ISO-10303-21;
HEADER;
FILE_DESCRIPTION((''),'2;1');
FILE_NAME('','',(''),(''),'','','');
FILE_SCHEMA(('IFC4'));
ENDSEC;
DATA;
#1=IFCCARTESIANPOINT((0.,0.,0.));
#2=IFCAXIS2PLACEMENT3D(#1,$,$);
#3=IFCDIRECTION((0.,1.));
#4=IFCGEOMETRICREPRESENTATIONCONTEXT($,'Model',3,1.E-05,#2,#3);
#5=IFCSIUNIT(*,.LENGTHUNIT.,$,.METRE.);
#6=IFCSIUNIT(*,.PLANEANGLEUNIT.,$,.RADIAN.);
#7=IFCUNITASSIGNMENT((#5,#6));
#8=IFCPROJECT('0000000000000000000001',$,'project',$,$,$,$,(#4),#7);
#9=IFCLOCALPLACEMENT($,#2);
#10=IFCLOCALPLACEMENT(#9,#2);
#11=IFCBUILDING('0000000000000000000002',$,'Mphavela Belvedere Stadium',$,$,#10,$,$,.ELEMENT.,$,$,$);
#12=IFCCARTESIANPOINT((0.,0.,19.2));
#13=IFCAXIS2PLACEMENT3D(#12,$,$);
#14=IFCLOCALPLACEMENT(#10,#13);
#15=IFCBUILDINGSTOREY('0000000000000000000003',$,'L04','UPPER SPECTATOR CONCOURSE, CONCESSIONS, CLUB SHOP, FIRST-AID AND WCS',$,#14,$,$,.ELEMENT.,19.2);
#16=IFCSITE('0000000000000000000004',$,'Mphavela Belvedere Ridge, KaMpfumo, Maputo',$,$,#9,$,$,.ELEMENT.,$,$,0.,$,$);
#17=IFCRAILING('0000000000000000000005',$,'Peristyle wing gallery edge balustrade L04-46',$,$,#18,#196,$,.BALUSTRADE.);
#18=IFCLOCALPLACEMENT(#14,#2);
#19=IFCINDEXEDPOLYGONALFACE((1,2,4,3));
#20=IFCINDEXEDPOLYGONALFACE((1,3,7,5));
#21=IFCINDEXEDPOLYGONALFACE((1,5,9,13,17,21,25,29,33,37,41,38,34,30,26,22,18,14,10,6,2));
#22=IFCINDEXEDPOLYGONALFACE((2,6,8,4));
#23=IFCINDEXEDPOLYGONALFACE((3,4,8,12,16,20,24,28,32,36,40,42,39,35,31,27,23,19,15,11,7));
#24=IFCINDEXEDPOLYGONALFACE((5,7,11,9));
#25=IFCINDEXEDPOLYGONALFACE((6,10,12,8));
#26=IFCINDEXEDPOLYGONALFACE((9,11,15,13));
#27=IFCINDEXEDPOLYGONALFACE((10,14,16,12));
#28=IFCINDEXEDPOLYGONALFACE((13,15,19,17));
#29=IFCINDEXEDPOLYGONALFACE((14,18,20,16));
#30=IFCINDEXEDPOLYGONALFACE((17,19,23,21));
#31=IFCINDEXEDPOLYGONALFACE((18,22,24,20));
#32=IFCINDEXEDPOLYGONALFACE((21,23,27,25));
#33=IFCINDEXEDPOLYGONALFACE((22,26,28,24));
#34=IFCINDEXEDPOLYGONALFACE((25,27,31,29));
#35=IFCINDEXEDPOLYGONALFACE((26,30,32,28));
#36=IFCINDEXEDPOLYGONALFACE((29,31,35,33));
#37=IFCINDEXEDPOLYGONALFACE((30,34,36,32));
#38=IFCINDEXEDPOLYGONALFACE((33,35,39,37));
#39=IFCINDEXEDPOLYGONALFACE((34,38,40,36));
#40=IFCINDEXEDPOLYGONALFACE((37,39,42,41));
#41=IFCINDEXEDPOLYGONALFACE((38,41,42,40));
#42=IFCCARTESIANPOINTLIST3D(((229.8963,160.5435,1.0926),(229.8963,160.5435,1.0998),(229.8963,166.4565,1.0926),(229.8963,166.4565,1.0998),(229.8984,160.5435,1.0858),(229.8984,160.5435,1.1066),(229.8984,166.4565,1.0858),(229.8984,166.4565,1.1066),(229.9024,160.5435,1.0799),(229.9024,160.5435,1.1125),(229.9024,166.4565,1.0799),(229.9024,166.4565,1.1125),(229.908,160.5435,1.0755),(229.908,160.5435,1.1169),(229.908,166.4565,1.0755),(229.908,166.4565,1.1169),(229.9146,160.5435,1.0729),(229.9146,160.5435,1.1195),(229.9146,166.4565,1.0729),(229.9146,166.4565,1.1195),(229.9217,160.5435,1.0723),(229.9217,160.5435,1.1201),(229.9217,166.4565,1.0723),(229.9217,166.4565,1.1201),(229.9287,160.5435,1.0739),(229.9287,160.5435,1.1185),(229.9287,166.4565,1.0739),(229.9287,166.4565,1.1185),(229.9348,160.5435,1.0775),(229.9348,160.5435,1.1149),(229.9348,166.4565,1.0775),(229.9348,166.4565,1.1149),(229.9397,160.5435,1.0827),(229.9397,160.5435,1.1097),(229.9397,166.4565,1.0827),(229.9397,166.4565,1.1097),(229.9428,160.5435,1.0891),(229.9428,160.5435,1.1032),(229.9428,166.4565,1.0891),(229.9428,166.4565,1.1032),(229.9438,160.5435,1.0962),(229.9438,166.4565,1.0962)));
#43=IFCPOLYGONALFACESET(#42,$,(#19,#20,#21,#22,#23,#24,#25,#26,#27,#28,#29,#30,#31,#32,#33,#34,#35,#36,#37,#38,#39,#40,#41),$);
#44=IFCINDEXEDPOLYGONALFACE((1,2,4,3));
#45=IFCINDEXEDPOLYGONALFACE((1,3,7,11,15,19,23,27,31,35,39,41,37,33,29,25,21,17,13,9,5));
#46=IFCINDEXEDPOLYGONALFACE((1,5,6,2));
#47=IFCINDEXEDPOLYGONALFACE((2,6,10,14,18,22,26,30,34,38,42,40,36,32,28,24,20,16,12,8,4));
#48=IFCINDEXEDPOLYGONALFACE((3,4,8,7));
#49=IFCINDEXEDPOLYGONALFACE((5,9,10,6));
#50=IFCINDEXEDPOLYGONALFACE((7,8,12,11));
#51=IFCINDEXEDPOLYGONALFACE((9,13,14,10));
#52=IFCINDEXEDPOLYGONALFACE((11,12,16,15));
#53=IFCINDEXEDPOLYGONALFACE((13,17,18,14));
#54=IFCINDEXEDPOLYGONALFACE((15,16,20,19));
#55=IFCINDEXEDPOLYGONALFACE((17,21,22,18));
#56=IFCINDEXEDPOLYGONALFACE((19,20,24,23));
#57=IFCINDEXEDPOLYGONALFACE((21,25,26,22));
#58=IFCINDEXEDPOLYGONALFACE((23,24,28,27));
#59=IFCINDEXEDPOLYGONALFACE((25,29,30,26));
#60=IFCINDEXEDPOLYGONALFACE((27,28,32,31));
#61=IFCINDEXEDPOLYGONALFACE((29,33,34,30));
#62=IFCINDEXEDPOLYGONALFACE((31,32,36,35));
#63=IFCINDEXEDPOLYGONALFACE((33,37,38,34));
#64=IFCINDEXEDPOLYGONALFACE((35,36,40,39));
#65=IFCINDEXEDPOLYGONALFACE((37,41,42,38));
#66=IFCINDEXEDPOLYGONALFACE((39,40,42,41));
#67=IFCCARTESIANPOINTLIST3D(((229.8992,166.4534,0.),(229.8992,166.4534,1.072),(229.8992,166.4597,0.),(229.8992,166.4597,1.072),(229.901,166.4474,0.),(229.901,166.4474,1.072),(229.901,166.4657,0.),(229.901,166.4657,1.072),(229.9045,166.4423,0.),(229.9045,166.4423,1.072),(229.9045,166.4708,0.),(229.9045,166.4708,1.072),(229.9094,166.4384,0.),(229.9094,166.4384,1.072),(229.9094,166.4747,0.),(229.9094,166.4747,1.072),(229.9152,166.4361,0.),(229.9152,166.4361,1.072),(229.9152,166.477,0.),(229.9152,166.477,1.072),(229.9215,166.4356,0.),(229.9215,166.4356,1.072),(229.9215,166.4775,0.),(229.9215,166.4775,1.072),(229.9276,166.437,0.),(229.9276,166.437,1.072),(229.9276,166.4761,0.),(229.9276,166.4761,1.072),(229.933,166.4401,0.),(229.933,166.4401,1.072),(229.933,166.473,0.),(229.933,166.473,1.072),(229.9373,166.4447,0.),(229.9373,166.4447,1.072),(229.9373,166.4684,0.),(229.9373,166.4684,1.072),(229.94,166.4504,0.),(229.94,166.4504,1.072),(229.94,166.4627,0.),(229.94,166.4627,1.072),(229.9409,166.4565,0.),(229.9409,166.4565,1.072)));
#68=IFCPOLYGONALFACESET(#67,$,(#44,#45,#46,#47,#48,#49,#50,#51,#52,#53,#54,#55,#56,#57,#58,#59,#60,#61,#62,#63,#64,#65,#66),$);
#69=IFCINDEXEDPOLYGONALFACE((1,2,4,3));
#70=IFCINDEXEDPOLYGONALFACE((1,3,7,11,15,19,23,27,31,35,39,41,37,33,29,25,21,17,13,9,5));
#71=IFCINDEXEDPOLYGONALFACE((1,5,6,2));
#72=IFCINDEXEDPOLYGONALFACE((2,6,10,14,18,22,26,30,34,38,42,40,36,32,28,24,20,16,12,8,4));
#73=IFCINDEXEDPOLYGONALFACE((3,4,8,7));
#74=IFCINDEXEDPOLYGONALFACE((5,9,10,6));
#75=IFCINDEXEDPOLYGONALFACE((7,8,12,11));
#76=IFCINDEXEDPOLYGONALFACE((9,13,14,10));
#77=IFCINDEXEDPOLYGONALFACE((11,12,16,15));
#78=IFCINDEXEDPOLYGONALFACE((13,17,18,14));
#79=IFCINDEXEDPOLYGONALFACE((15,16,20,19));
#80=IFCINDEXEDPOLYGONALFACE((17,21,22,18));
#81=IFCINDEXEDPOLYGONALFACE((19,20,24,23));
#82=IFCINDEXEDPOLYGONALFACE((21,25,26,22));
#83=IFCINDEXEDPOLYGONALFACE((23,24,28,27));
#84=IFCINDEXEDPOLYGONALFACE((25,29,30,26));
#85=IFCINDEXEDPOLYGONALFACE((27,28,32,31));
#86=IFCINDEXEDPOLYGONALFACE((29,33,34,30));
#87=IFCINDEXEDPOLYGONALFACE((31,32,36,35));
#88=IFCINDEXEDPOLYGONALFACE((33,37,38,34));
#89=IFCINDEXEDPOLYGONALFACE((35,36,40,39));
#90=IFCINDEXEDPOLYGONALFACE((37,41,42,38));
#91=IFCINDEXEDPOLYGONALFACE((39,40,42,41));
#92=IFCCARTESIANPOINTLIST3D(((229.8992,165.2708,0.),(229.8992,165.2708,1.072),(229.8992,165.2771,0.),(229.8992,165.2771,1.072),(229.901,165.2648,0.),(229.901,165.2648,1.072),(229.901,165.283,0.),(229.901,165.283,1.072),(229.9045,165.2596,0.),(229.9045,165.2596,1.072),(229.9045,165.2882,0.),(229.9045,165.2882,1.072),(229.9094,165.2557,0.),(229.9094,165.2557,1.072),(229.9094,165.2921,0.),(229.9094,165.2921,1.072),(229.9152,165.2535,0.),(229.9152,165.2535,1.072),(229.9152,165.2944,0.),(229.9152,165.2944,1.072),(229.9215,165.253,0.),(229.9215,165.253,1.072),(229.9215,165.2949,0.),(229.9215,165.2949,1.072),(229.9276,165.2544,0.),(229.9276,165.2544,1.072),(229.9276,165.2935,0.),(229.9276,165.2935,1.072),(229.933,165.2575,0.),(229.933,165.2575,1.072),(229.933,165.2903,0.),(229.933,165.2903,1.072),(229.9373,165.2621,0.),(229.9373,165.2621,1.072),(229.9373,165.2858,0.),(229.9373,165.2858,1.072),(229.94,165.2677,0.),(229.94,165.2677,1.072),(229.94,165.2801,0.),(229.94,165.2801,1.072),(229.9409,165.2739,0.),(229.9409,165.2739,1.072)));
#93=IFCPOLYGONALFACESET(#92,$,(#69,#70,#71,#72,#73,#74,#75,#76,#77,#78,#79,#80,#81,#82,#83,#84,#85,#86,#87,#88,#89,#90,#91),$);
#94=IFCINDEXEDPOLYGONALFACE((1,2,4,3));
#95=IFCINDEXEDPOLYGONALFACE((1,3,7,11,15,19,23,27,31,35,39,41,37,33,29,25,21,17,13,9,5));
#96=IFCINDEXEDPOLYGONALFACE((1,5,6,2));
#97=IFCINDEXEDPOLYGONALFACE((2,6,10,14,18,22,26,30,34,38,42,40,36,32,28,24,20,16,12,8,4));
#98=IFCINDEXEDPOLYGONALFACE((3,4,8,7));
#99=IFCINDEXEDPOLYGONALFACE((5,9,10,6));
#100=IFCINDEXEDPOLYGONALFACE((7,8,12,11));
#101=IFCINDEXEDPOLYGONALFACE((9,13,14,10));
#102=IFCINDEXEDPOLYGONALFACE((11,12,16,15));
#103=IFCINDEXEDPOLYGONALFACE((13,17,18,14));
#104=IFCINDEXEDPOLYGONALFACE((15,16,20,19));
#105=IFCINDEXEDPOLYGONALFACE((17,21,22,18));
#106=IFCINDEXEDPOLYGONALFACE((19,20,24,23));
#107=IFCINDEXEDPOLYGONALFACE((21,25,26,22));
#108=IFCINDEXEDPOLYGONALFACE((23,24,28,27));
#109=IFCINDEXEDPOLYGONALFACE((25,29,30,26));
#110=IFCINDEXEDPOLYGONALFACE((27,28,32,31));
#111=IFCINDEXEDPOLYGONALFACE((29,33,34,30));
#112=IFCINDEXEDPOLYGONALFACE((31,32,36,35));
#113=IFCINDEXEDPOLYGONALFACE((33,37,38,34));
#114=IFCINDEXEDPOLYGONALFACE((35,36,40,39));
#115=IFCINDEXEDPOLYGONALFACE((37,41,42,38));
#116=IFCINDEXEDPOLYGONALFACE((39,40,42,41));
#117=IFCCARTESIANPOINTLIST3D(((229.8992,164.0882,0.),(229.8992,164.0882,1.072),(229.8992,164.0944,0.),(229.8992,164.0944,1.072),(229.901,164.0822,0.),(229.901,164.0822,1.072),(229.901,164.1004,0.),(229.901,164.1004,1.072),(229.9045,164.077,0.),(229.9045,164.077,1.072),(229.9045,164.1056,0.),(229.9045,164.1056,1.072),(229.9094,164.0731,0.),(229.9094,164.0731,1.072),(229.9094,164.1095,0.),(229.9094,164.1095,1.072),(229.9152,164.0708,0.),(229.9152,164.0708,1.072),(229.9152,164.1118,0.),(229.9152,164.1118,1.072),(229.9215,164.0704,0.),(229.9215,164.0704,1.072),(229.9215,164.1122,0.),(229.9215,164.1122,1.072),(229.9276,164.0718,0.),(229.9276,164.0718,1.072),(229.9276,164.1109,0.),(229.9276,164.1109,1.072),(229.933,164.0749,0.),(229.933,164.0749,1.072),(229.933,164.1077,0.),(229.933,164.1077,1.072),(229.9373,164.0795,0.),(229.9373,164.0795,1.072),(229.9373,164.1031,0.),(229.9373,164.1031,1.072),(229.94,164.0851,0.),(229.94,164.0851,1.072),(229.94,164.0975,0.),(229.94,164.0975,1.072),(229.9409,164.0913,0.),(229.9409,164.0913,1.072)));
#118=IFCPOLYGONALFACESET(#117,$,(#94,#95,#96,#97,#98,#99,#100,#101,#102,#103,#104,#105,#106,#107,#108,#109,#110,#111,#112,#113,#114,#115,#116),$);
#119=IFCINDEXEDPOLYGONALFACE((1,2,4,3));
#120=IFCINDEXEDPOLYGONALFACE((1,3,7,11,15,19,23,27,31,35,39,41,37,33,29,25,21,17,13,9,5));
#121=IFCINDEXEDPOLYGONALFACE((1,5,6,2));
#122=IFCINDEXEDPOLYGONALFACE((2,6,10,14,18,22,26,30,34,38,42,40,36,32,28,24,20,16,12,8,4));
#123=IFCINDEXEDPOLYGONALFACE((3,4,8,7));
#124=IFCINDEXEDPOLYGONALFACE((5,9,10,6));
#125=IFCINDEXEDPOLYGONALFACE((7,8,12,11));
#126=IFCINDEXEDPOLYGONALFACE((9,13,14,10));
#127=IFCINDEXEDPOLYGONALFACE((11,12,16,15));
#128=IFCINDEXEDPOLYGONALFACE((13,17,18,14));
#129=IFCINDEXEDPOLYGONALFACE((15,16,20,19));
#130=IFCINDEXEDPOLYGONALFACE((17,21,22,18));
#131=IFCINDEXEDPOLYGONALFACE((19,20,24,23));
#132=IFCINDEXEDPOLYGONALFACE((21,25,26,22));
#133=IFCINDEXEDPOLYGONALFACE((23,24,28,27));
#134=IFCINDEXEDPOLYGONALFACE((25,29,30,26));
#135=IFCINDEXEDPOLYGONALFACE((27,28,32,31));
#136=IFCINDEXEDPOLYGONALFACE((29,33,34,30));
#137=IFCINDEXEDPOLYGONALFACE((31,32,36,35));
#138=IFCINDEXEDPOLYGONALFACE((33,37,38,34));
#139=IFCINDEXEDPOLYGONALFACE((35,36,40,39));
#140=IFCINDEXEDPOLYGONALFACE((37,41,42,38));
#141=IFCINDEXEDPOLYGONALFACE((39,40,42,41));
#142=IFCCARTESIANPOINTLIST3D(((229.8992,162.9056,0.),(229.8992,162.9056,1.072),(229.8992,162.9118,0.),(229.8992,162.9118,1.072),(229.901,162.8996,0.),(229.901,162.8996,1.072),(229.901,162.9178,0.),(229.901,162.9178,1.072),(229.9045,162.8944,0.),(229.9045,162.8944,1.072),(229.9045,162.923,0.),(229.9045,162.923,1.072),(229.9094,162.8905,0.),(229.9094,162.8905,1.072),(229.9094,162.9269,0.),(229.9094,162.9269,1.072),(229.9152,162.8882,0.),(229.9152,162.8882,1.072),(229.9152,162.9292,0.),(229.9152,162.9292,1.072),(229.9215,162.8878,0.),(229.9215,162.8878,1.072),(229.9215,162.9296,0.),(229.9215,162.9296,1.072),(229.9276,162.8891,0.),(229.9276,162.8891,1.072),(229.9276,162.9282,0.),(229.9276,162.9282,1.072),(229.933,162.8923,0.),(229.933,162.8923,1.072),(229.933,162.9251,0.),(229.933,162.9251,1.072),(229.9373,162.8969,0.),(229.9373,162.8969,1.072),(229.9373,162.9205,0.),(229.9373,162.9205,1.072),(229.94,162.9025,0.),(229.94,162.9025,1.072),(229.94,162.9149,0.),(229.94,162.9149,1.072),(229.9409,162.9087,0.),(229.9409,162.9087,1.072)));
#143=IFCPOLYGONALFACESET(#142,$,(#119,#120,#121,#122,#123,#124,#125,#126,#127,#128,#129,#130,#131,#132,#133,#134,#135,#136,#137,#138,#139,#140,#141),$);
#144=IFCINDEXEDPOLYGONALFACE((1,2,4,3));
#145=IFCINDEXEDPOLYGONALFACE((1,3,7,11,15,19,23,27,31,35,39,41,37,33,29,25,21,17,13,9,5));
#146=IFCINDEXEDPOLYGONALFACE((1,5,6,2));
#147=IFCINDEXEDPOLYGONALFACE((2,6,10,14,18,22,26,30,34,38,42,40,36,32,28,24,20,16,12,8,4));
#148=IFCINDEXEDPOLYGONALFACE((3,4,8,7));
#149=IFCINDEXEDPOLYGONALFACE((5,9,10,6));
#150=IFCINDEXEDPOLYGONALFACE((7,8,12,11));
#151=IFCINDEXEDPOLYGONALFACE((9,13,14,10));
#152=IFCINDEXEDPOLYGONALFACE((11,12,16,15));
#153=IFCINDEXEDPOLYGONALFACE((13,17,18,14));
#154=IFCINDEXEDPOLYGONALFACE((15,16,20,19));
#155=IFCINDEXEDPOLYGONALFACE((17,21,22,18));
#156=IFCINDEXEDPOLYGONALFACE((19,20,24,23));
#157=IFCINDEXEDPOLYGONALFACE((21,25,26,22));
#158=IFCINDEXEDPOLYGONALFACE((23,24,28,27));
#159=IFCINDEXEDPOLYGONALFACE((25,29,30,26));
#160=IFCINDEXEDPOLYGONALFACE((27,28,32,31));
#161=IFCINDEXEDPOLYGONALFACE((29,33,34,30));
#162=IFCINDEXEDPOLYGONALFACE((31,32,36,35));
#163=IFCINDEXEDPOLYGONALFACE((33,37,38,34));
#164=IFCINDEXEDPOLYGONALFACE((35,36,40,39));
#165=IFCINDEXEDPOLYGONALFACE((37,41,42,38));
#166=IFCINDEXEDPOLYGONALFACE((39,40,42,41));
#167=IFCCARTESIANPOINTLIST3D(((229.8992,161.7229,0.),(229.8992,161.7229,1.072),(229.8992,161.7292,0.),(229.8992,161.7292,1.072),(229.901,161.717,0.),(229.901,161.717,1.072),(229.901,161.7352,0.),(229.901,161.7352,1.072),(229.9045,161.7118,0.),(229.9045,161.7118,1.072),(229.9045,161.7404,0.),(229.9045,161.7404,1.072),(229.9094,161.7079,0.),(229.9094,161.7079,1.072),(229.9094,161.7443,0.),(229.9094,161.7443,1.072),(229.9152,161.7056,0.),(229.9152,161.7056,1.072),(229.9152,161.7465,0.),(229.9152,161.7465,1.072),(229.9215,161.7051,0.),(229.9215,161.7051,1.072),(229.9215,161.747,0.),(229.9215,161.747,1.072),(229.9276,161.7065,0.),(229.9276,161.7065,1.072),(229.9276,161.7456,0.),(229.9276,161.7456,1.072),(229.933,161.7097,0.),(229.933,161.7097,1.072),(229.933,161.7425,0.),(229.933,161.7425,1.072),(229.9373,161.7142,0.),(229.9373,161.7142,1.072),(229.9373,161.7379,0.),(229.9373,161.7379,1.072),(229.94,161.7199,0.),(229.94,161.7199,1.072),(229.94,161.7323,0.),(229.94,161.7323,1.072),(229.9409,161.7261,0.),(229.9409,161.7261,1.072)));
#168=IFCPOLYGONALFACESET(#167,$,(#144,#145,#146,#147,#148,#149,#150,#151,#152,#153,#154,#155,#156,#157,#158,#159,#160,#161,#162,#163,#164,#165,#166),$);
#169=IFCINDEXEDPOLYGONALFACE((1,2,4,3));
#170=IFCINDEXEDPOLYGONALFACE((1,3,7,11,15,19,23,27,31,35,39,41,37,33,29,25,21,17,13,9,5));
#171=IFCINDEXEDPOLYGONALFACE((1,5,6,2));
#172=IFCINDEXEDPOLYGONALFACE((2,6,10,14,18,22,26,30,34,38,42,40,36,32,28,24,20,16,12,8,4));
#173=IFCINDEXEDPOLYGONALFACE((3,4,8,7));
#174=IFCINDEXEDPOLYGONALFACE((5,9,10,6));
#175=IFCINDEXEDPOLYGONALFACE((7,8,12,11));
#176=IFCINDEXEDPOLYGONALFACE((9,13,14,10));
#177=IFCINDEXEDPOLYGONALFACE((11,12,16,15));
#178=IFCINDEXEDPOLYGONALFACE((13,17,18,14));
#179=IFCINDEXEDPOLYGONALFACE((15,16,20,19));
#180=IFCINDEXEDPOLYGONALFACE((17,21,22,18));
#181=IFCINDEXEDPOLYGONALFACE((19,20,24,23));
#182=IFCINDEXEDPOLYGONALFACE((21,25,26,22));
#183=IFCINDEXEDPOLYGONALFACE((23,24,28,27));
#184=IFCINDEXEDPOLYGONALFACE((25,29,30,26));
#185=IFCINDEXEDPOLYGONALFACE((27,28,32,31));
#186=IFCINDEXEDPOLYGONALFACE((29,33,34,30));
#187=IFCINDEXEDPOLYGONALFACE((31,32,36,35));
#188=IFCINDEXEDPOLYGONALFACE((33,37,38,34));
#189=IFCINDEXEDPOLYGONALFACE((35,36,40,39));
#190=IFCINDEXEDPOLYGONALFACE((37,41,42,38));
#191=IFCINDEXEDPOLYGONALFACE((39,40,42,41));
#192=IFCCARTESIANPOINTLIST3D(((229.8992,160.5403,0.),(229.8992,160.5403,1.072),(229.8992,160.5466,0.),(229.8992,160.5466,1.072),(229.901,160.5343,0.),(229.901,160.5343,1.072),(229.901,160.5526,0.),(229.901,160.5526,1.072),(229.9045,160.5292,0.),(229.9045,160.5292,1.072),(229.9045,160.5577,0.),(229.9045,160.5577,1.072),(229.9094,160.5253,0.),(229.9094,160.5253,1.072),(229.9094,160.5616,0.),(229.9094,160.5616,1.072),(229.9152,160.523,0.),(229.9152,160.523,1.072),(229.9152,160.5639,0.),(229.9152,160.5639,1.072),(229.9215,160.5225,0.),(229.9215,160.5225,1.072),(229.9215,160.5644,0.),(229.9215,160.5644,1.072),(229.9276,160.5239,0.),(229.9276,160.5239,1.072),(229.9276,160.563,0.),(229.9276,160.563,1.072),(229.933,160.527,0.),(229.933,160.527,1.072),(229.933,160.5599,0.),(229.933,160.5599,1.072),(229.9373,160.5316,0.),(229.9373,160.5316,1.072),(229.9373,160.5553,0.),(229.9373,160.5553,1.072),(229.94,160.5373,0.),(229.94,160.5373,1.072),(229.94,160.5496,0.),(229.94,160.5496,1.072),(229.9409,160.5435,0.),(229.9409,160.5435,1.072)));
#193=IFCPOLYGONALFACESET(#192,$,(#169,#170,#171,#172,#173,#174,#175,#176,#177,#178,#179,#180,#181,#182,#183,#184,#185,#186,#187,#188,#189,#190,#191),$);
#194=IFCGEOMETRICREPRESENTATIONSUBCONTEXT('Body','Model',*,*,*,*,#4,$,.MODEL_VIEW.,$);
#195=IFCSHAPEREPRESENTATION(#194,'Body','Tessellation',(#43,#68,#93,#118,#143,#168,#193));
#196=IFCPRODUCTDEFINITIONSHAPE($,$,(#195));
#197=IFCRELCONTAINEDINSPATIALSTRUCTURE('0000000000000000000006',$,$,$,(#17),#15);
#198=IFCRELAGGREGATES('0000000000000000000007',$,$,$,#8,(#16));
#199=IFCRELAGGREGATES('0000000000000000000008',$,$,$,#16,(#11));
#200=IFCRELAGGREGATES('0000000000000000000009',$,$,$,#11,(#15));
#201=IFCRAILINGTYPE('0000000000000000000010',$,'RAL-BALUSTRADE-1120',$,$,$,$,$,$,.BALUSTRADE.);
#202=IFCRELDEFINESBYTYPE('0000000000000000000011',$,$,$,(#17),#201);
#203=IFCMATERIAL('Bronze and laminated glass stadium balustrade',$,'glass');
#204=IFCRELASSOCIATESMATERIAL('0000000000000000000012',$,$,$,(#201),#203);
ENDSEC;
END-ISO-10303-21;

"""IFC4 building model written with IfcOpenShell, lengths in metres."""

from ifc_helpers import new_model, si_unit, direction, frame, origin, origin_2d, place, context, subcontext, project, spatial, circle, extrude, material, type_object, element, save


model = new_model("IFC4")

# Units and contexts
model_context = context("Model", 3, precision=1e-05, world=origin(), true_north=direction((0.0, 1.0)))
body_context = subcontext(model_context, "Body", "Model", "MODEL_VIEW")
ifc_project = project(units=[si_unit("LENGTHUNIT", "METRE"), si_unit("PLANEANGLEUNIT", "RADIAN")], contexts=[model_context])

# Site, building, storey
site_placement = place(None, origin())
site = spatial("IfcSite", under=ifc_project, at=site_placement, Name="Mphavela Belvedere Ridge, KaMpfumo, Maputo", CompositionType="ELEMENT", RefElevation=0.0)
building_placement = place(site_placement, origin())
building = spatial("IfcBuilding", under=site, at=building_placement, Name="Mphavela Belvedere Stadium", CompositionType="ELEMENT")
storey_placement = place(building_placement, frame((0.0, 0.0, 19.2)))
storey = spatial("IfcBuildingStorey", under=building, at=storey_placement, Name="L04", Description="UPPER SPECTATOR CONCOURSE, CONCESSIONS, CLUB SHOP, FIRST-AID AND WCS", CompositionType="ELEMENT", Elevation=19.2)

# Railing
ifc_material_1 = material(Name="Bronze and laminated glass stadium balustrade", Category="glass")
railing_type = type_object("IfcRailingType", Name="RAL-BALUSTRADE-1120", PredefinedType="BALUSTRADE", material=ifc_material_1)
for number, where, name in (
    (1, (229.9199, 166.4565, 0.0), "Peristyle wing gallery edge balustrade L04-46"),
):
    element("IfcRailing", number, at=place(storey_placement, frame(where)), inside=storey, type_object=railing_type, Name=name, PredefinedType="BALUSTRADE", context=body_context, shape_type="SweptSolid", body=[
        extrude(circle(Radius=0.0239, at=origin_2d()), frame((0.0, 0.0, 1.0962), z_axis=(0.0, -1.0, 0.0), x_axis=(1.0, 0.0, 0.0)), (0.0, 0.0, 1.0), 5.9131),
        extrude(circle(Radius=0.021, at=origin_2d()), origin(), (0.0, 0.0, 1.0), 1.072),
        extrude(circle(Radius=0.021, at=origin_2d()), frame((0.0, -1.1826, 0.0)), (0.0, 0.0, 1.0), 1.072),
        extrude(circle(Radius=0.021, at=origin_2d()), frame((0.0, -2.3652, 0.0)), (0.0, 0.0, 1.0), 1.072),
        extrude(circle(Radius=0.021, at=origin_2d()), frame((0.0, -3.5479, 0.0)), (0.0, 0.0, 1.0), 1.072),
        extrude(circle(Radius=0.021, at=origin_2d()), frame((0.0, -4.7305, 0.0)), (0.0, 0.0, 1.0), 1.072),
        extrude(circle(Radius=0.021, at=origin_2d()), frame((0.0, -5.9131, 0.0)), (0.0, 0.0, 1.0), 1.072),
    ])

save(model, "model.ifc")
